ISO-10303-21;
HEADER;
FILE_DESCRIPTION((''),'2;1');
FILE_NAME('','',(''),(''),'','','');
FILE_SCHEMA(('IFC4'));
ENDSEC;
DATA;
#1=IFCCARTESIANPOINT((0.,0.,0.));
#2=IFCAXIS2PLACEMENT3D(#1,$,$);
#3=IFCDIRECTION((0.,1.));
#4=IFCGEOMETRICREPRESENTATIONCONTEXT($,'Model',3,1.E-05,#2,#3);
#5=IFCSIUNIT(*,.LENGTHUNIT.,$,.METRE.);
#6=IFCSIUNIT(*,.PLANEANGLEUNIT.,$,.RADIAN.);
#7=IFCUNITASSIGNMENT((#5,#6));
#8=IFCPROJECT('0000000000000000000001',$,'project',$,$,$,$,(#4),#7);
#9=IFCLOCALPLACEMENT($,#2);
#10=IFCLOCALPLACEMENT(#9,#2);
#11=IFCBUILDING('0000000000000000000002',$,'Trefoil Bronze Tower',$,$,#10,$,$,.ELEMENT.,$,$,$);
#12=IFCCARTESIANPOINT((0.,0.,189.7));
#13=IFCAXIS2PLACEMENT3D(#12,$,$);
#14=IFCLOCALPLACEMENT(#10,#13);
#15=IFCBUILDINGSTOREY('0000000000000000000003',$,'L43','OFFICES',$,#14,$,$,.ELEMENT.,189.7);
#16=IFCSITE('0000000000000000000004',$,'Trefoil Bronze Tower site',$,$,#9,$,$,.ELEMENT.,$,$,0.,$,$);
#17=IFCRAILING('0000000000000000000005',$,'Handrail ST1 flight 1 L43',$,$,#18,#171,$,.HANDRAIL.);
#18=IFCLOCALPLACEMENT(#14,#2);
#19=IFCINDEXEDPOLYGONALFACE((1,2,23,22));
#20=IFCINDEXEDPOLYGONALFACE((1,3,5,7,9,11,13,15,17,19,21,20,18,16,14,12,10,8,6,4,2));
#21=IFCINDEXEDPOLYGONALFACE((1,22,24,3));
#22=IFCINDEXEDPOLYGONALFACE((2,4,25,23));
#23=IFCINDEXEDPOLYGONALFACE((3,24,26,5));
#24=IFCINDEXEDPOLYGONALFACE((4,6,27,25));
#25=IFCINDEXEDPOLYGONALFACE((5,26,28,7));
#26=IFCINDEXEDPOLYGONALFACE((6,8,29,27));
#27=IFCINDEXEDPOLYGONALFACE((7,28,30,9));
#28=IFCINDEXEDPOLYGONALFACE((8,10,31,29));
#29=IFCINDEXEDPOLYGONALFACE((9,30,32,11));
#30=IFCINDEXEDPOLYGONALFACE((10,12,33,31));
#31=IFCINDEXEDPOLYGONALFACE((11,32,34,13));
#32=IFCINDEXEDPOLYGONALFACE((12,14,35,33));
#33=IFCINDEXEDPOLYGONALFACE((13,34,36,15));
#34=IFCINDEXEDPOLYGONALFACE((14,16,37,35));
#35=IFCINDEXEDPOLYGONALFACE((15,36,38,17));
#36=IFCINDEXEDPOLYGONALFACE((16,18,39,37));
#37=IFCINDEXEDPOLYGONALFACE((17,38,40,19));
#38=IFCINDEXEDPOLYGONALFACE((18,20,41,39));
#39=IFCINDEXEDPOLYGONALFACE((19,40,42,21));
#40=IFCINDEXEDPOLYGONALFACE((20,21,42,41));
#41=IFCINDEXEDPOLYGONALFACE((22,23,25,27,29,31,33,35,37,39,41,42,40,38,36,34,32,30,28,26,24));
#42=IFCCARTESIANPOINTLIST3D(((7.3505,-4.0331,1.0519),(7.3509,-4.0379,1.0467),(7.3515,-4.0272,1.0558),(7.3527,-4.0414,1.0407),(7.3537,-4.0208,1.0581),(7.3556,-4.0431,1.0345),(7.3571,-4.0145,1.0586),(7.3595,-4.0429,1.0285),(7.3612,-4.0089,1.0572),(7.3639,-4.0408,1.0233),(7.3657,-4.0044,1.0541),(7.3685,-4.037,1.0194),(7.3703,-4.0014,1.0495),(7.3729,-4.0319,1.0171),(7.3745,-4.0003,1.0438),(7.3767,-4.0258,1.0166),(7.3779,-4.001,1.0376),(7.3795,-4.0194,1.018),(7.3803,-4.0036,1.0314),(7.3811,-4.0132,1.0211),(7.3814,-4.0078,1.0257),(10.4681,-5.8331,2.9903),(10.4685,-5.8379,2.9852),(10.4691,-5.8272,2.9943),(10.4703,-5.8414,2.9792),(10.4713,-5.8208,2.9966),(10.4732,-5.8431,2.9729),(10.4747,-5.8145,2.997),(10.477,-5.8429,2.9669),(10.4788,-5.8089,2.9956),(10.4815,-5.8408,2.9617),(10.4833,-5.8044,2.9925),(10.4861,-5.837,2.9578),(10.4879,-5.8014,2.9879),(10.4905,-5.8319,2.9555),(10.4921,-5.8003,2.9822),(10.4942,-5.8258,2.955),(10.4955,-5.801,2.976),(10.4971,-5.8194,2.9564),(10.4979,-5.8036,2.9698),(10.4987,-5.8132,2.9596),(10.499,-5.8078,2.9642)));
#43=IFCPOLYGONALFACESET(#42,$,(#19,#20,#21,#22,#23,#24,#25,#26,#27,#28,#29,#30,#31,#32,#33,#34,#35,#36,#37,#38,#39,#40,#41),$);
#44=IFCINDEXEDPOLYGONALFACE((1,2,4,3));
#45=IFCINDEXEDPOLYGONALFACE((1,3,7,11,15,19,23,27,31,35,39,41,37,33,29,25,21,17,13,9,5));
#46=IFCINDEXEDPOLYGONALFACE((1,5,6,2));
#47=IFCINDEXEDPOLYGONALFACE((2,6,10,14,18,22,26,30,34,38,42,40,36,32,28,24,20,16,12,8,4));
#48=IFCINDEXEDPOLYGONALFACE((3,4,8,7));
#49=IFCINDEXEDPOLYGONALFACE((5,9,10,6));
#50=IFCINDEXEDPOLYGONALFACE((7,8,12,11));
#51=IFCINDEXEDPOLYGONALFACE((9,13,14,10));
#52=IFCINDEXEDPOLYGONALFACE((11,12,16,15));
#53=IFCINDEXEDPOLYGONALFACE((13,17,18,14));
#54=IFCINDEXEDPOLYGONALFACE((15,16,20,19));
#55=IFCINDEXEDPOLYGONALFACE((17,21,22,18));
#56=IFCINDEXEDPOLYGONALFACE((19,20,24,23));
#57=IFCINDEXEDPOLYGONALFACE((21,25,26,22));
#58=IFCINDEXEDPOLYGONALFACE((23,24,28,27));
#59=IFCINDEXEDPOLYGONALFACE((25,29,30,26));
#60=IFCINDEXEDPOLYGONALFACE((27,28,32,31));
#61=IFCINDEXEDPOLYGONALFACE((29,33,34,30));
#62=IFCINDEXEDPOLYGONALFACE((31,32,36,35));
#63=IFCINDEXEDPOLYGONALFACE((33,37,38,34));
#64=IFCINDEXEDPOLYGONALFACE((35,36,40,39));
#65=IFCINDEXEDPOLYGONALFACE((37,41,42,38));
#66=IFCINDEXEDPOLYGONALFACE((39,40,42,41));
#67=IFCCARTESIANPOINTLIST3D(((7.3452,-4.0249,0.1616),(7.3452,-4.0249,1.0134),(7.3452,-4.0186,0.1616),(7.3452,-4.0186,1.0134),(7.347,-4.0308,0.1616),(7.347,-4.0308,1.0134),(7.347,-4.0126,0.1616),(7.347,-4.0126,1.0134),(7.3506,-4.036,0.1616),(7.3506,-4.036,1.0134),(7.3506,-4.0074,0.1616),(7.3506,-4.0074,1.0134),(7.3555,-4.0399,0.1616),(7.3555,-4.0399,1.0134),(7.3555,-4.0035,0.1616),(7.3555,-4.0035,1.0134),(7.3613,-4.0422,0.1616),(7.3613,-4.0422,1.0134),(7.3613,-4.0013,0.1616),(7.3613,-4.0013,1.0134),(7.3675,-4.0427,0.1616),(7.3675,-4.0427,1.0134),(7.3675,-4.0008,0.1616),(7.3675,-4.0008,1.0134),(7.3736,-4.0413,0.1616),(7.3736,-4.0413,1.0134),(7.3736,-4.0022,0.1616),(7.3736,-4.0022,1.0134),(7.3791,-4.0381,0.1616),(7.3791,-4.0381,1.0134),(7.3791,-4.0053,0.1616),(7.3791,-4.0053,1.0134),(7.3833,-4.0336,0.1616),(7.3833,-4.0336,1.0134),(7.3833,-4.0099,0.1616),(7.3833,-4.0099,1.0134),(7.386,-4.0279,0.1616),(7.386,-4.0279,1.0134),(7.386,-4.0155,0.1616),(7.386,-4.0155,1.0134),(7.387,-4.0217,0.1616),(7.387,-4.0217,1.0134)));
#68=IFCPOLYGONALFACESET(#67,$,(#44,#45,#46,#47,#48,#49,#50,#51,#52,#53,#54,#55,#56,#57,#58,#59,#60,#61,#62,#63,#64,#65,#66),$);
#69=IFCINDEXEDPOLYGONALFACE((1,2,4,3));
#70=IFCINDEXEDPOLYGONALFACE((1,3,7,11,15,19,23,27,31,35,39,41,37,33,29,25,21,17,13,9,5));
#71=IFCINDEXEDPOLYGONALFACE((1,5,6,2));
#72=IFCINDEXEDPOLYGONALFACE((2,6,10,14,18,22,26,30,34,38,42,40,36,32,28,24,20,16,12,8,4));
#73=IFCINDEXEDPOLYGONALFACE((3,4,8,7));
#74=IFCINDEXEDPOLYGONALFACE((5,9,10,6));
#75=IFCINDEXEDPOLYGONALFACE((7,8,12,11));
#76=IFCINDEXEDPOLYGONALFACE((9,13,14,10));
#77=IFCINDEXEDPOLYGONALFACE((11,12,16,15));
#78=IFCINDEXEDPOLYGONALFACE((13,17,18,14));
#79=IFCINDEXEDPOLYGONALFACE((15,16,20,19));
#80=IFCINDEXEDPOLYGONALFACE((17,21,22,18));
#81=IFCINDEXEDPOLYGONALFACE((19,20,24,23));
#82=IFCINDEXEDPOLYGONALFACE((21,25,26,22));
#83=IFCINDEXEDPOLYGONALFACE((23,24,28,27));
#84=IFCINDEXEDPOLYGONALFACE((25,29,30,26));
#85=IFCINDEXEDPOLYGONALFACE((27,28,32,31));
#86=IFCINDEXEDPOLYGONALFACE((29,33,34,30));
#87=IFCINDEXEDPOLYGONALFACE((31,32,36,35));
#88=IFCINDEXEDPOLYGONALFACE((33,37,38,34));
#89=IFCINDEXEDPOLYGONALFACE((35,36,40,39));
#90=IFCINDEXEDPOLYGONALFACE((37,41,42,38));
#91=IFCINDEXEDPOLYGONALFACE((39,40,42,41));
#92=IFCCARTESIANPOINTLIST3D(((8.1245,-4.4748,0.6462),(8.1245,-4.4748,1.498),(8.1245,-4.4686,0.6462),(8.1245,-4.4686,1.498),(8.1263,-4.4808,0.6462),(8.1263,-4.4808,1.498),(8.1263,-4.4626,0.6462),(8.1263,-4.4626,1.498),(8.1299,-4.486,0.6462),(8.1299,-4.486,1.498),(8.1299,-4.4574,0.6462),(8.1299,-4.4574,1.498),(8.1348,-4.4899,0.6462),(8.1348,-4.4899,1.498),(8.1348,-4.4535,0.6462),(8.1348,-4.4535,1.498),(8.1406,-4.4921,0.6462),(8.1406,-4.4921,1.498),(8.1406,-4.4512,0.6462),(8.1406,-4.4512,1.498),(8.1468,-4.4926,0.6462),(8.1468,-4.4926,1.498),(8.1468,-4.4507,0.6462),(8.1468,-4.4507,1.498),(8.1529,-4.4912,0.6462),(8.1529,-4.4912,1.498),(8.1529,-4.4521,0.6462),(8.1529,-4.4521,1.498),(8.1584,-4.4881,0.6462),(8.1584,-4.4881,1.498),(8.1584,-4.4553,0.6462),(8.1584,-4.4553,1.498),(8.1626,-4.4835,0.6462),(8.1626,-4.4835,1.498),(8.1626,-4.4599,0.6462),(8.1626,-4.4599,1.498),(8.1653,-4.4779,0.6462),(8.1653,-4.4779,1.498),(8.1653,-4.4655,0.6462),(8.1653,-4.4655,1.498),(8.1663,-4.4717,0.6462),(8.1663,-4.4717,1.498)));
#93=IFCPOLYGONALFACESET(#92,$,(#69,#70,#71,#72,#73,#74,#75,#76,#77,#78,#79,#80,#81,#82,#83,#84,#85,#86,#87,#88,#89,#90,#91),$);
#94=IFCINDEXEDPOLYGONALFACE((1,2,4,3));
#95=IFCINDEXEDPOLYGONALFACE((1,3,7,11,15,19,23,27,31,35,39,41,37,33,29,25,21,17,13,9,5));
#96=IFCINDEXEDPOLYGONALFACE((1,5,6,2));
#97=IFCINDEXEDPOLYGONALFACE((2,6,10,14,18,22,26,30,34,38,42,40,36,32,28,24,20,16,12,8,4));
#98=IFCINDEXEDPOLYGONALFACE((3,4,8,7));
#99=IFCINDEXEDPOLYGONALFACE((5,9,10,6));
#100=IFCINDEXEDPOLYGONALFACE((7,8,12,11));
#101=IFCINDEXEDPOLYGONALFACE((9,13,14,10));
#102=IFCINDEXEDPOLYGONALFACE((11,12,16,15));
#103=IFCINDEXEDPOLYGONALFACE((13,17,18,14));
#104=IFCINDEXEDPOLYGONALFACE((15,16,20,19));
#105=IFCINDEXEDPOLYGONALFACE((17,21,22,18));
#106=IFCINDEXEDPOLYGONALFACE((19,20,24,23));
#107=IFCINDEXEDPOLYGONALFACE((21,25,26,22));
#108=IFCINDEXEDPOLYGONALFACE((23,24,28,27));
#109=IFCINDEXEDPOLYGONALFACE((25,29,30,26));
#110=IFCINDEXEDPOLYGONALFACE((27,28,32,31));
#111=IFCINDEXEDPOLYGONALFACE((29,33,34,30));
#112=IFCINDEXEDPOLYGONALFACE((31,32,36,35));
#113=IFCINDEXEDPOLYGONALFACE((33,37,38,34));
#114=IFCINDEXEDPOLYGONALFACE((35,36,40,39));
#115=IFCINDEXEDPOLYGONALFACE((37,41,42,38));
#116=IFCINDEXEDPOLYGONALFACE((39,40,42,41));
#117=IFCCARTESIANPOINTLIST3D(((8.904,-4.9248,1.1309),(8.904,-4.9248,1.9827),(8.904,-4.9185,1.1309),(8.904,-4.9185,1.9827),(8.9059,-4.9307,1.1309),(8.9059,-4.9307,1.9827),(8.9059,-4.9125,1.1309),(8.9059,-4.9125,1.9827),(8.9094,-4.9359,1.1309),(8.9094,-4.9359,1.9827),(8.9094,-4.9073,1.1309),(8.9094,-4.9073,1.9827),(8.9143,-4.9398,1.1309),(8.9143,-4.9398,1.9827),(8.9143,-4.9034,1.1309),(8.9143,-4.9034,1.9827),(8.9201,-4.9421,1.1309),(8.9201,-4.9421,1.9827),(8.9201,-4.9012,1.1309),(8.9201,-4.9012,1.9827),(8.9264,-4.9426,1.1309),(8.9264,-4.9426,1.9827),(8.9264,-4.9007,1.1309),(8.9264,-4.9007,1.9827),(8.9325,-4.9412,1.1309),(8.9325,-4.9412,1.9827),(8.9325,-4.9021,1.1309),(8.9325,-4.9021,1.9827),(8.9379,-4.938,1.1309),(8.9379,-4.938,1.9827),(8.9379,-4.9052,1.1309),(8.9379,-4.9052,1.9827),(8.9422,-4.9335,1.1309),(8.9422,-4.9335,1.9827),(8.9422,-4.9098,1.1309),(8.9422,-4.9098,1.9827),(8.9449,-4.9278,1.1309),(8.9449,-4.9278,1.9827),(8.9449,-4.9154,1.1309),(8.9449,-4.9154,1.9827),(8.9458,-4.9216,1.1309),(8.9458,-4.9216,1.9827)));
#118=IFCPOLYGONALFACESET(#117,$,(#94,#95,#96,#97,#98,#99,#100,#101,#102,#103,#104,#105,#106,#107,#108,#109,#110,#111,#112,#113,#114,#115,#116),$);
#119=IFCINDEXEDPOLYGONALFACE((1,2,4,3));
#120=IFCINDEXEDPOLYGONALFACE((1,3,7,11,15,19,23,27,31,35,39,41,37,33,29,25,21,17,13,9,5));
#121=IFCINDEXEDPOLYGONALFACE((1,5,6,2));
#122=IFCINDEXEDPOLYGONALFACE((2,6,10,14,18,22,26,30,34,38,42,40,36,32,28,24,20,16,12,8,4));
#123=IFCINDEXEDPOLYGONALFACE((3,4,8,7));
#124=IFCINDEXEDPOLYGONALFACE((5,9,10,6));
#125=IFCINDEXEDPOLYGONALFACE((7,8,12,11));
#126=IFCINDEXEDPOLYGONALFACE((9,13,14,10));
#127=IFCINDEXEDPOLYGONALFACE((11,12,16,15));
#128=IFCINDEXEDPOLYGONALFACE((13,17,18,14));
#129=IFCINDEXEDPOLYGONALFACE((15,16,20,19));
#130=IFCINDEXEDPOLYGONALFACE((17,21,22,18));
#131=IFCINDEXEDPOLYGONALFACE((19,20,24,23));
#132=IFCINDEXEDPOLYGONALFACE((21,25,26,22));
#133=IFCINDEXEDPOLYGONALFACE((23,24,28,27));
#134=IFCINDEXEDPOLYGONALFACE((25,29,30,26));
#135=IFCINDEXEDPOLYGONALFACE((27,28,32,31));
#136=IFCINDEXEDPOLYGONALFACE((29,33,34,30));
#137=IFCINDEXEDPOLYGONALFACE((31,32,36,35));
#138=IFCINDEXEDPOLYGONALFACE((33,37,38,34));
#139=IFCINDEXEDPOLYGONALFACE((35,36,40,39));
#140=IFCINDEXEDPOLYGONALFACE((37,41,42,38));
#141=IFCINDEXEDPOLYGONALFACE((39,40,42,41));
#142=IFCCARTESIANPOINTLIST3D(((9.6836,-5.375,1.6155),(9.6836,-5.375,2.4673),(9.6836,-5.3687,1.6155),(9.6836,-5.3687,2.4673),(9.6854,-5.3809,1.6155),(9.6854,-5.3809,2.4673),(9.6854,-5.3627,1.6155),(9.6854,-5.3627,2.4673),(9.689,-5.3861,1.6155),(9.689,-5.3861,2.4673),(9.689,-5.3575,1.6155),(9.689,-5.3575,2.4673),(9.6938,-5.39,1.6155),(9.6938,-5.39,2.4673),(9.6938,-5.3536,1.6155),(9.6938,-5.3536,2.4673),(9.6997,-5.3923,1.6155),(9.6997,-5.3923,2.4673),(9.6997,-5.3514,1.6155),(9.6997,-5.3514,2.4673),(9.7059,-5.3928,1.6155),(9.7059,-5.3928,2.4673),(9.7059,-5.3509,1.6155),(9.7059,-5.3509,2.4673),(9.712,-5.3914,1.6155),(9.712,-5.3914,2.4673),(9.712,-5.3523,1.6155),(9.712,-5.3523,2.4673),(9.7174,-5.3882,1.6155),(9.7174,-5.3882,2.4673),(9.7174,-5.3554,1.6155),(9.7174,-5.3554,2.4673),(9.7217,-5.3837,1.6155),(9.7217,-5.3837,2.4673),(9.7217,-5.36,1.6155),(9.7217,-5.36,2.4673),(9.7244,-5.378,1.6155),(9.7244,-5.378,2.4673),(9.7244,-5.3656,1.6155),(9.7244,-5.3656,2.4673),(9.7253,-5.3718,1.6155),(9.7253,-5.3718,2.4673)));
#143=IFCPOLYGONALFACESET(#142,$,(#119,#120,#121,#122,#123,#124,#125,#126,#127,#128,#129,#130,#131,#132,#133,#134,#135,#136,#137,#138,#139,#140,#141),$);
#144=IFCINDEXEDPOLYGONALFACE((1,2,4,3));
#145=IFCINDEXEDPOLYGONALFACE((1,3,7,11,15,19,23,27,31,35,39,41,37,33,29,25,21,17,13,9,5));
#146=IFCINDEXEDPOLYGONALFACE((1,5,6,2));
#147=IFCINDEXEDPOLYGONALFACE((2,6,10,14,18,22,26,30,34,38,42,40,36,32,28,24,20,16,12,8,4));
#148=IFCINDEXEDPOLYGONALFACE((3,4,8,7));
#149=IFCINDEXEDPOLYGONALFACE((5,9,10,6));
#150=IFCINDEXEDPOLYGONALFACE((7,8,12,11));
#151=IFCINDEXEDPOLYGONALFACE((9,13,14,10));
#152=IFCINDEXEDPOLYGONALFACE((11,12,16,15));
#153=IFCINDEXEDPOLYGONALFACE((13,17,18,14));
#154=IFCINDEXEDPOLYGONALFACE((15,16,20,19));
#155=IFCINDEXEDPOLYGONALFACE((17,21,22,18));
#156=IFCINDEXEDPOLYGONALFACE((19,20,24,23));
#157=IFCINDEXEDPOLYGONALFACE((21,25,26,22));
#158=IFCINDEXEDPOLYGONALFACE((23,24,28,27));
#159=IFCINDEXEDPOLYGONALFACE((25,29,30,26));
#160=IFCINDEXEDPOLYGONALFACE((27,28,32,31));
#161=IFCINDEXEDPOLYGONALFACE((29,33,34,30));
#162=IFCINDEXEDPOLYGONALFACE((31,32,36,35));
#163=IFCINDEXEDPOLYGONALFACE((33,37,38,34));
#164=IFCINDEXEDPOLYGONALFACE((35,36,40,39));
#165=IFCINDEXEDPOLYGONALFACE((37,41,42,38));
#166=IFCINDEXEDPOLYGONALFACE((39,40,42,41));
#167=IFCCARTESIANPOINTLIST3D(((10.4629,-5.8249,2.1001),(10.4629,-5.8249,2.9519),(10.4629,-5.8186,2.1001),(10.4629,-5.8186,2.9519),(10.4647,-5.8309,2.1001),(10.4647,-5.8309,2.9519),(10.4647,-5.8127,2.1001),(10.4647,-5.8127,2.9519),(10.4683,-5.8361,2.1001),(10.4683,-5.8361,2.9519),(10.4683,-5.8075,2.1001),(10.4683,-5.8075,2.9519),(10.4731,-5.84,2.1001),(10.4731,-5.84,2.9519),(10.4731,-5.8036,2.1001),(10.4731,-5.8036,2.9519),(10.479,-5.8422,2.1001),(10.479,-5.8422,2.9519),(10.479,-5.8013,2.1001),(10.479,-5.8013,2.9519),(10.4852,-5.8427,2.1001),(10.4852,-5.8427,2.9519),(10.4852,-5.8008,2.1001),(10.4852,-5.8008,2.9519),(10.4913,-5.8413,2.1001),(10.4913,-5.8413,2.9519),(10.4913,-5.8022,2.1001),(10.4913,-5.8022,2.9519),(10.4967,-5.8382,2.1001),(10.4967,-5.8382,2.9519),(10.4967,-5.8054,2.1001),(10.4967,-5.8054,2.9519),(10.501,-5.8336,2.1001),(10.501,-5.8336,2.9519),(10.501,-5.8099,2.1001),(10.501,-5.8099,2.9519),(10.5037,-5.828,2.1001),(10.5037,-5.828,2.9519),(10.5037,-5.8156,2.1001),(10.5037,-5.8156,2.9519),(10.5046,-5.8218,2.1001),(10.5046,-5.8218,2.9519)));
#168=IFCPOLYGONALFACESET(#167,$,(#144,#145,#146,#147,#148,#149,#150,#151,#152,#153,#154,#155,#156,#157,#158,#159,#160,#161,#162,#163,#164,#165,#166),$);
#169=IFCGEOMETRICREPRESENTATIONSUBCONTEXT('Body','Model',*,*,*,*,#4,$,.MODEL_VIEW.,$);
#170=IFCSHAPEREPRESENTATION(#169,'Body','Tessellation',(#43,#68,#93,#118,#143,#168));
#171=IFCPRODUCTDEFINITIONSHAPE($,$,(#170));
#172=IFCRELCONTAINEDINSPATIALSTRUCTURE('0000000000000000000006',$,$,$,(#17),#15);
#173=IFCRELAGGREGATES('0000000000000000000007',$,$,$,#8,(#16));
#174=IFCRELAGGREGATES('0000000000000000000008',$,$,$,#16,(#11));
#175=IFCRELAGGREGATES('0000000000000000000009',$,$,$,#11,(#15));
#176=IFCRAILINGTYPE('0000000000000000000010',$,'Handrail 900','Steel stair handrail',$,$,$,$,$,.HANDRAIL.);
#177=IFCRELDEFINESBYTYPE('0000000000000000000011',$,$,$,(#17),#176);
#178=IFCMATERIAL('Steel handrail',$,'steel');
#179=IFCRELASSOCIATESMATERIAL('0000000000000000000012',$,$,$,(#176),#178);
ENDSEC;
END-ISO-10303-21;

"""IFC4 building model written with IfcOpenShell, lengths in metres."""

from ifc_helpers import new_model, si_unit, direction, frame, origin, origin_2d, place, context, subcontext, project, spatial, circle, extrude, material, type_object, element, save


model = new_model("IFC4")

# Units and contexts
model_context = context("Model", 3, precision=1e-05, world=origin(), true_north=direction((0.0, 1.0)))
body_context = subcontext(model_context, "Body", "Model", "MODEL_VIEW")
ifc_project = project(units=[si_unit("LENGTHUNIT", "METRE"), si_unit("PLANEANGLEUNIT", "RADIAN")], contexts=[model_context])

# Site, building, storey
site_placement = place(None, origin())
site = spatial("IfcSite", under=ifc_project, at=site_placement, Name="Trefoil Bronze Tower site", CompositionType="ELEMENT", RefElevation=0.0)
building_placement = place(site_placement, origin())
building = spatial("IfcBuilding", under=site, at=building_placement, Name="Trefoil Bronze Tower", CompositionType="ELEMENT")
storey_placement = place(building_placement, frame((0.0, 0.0, 189.7)))
storey = spatial("IfcBuildingStorey", under=building, at=storey_placement, Name="L43", Description="OFFICES", CompositionType="ELEMENT", Elevation=189.7)

# Railing
ifc_material_1 = material(Name="Steel handrail", Category="steel")
railing_type = type_object("IfcRailingType", Name="Handrail 900", Description="Steel stair handrail", PredefinedType="HANDRAIL", material=ifc_material_1)
railing_1_placement = place(storey_placement, frame((7.366, -4.0217, 0.1616)))
element("IfcRailing", 1, at=railing_1_placement, inside=storey, type_object=railing_type, Name="Handrail ST1 flight 1 L43", PredefinedType="HANDRAIL", context=body_context, shape_type="SweptSolid", body=[
    extrude(circle(Radius=0.0239, at=origin_2d()), frame((0.0, 0.0, 0.876), z_axis=(0.762503, -0.440246, 0.474102), x_axis=(0.500012, 0.866018, 0.0)), (0.0, 0.0, 1.0), 4.0886),
    extrude(circle(Radius=0.021, at=origin_2d()), origin(), (0.0, 0.0, 1.0), 0.8518),
    extrude(circle(Radius=0.021, at=origin_2d()), frame((0.7793, -0.45, 0.4846)), (0.0, 0.0, 1.0), 0.8518),
    extrude(circle(Radius=0.021, at=origin_2d()), frame((1.5588, -0.8999, 0.9692)), (0.0, 0.0, 1.0), 0.8518),
    extrude(circle(Radius=0.021, at=origin_2d()), frame((2.3384, -1.3501, 1.4539)), (0.0, 0.0, 1.0), 0.8518),
    extrude(circle(Radius=0.021, at=origin_2d()), frame((3.1177, -1.8, 1.9385)), (0.0, 0.0, 1.0), 0.8518),
])

save(model, "model.ifc")
